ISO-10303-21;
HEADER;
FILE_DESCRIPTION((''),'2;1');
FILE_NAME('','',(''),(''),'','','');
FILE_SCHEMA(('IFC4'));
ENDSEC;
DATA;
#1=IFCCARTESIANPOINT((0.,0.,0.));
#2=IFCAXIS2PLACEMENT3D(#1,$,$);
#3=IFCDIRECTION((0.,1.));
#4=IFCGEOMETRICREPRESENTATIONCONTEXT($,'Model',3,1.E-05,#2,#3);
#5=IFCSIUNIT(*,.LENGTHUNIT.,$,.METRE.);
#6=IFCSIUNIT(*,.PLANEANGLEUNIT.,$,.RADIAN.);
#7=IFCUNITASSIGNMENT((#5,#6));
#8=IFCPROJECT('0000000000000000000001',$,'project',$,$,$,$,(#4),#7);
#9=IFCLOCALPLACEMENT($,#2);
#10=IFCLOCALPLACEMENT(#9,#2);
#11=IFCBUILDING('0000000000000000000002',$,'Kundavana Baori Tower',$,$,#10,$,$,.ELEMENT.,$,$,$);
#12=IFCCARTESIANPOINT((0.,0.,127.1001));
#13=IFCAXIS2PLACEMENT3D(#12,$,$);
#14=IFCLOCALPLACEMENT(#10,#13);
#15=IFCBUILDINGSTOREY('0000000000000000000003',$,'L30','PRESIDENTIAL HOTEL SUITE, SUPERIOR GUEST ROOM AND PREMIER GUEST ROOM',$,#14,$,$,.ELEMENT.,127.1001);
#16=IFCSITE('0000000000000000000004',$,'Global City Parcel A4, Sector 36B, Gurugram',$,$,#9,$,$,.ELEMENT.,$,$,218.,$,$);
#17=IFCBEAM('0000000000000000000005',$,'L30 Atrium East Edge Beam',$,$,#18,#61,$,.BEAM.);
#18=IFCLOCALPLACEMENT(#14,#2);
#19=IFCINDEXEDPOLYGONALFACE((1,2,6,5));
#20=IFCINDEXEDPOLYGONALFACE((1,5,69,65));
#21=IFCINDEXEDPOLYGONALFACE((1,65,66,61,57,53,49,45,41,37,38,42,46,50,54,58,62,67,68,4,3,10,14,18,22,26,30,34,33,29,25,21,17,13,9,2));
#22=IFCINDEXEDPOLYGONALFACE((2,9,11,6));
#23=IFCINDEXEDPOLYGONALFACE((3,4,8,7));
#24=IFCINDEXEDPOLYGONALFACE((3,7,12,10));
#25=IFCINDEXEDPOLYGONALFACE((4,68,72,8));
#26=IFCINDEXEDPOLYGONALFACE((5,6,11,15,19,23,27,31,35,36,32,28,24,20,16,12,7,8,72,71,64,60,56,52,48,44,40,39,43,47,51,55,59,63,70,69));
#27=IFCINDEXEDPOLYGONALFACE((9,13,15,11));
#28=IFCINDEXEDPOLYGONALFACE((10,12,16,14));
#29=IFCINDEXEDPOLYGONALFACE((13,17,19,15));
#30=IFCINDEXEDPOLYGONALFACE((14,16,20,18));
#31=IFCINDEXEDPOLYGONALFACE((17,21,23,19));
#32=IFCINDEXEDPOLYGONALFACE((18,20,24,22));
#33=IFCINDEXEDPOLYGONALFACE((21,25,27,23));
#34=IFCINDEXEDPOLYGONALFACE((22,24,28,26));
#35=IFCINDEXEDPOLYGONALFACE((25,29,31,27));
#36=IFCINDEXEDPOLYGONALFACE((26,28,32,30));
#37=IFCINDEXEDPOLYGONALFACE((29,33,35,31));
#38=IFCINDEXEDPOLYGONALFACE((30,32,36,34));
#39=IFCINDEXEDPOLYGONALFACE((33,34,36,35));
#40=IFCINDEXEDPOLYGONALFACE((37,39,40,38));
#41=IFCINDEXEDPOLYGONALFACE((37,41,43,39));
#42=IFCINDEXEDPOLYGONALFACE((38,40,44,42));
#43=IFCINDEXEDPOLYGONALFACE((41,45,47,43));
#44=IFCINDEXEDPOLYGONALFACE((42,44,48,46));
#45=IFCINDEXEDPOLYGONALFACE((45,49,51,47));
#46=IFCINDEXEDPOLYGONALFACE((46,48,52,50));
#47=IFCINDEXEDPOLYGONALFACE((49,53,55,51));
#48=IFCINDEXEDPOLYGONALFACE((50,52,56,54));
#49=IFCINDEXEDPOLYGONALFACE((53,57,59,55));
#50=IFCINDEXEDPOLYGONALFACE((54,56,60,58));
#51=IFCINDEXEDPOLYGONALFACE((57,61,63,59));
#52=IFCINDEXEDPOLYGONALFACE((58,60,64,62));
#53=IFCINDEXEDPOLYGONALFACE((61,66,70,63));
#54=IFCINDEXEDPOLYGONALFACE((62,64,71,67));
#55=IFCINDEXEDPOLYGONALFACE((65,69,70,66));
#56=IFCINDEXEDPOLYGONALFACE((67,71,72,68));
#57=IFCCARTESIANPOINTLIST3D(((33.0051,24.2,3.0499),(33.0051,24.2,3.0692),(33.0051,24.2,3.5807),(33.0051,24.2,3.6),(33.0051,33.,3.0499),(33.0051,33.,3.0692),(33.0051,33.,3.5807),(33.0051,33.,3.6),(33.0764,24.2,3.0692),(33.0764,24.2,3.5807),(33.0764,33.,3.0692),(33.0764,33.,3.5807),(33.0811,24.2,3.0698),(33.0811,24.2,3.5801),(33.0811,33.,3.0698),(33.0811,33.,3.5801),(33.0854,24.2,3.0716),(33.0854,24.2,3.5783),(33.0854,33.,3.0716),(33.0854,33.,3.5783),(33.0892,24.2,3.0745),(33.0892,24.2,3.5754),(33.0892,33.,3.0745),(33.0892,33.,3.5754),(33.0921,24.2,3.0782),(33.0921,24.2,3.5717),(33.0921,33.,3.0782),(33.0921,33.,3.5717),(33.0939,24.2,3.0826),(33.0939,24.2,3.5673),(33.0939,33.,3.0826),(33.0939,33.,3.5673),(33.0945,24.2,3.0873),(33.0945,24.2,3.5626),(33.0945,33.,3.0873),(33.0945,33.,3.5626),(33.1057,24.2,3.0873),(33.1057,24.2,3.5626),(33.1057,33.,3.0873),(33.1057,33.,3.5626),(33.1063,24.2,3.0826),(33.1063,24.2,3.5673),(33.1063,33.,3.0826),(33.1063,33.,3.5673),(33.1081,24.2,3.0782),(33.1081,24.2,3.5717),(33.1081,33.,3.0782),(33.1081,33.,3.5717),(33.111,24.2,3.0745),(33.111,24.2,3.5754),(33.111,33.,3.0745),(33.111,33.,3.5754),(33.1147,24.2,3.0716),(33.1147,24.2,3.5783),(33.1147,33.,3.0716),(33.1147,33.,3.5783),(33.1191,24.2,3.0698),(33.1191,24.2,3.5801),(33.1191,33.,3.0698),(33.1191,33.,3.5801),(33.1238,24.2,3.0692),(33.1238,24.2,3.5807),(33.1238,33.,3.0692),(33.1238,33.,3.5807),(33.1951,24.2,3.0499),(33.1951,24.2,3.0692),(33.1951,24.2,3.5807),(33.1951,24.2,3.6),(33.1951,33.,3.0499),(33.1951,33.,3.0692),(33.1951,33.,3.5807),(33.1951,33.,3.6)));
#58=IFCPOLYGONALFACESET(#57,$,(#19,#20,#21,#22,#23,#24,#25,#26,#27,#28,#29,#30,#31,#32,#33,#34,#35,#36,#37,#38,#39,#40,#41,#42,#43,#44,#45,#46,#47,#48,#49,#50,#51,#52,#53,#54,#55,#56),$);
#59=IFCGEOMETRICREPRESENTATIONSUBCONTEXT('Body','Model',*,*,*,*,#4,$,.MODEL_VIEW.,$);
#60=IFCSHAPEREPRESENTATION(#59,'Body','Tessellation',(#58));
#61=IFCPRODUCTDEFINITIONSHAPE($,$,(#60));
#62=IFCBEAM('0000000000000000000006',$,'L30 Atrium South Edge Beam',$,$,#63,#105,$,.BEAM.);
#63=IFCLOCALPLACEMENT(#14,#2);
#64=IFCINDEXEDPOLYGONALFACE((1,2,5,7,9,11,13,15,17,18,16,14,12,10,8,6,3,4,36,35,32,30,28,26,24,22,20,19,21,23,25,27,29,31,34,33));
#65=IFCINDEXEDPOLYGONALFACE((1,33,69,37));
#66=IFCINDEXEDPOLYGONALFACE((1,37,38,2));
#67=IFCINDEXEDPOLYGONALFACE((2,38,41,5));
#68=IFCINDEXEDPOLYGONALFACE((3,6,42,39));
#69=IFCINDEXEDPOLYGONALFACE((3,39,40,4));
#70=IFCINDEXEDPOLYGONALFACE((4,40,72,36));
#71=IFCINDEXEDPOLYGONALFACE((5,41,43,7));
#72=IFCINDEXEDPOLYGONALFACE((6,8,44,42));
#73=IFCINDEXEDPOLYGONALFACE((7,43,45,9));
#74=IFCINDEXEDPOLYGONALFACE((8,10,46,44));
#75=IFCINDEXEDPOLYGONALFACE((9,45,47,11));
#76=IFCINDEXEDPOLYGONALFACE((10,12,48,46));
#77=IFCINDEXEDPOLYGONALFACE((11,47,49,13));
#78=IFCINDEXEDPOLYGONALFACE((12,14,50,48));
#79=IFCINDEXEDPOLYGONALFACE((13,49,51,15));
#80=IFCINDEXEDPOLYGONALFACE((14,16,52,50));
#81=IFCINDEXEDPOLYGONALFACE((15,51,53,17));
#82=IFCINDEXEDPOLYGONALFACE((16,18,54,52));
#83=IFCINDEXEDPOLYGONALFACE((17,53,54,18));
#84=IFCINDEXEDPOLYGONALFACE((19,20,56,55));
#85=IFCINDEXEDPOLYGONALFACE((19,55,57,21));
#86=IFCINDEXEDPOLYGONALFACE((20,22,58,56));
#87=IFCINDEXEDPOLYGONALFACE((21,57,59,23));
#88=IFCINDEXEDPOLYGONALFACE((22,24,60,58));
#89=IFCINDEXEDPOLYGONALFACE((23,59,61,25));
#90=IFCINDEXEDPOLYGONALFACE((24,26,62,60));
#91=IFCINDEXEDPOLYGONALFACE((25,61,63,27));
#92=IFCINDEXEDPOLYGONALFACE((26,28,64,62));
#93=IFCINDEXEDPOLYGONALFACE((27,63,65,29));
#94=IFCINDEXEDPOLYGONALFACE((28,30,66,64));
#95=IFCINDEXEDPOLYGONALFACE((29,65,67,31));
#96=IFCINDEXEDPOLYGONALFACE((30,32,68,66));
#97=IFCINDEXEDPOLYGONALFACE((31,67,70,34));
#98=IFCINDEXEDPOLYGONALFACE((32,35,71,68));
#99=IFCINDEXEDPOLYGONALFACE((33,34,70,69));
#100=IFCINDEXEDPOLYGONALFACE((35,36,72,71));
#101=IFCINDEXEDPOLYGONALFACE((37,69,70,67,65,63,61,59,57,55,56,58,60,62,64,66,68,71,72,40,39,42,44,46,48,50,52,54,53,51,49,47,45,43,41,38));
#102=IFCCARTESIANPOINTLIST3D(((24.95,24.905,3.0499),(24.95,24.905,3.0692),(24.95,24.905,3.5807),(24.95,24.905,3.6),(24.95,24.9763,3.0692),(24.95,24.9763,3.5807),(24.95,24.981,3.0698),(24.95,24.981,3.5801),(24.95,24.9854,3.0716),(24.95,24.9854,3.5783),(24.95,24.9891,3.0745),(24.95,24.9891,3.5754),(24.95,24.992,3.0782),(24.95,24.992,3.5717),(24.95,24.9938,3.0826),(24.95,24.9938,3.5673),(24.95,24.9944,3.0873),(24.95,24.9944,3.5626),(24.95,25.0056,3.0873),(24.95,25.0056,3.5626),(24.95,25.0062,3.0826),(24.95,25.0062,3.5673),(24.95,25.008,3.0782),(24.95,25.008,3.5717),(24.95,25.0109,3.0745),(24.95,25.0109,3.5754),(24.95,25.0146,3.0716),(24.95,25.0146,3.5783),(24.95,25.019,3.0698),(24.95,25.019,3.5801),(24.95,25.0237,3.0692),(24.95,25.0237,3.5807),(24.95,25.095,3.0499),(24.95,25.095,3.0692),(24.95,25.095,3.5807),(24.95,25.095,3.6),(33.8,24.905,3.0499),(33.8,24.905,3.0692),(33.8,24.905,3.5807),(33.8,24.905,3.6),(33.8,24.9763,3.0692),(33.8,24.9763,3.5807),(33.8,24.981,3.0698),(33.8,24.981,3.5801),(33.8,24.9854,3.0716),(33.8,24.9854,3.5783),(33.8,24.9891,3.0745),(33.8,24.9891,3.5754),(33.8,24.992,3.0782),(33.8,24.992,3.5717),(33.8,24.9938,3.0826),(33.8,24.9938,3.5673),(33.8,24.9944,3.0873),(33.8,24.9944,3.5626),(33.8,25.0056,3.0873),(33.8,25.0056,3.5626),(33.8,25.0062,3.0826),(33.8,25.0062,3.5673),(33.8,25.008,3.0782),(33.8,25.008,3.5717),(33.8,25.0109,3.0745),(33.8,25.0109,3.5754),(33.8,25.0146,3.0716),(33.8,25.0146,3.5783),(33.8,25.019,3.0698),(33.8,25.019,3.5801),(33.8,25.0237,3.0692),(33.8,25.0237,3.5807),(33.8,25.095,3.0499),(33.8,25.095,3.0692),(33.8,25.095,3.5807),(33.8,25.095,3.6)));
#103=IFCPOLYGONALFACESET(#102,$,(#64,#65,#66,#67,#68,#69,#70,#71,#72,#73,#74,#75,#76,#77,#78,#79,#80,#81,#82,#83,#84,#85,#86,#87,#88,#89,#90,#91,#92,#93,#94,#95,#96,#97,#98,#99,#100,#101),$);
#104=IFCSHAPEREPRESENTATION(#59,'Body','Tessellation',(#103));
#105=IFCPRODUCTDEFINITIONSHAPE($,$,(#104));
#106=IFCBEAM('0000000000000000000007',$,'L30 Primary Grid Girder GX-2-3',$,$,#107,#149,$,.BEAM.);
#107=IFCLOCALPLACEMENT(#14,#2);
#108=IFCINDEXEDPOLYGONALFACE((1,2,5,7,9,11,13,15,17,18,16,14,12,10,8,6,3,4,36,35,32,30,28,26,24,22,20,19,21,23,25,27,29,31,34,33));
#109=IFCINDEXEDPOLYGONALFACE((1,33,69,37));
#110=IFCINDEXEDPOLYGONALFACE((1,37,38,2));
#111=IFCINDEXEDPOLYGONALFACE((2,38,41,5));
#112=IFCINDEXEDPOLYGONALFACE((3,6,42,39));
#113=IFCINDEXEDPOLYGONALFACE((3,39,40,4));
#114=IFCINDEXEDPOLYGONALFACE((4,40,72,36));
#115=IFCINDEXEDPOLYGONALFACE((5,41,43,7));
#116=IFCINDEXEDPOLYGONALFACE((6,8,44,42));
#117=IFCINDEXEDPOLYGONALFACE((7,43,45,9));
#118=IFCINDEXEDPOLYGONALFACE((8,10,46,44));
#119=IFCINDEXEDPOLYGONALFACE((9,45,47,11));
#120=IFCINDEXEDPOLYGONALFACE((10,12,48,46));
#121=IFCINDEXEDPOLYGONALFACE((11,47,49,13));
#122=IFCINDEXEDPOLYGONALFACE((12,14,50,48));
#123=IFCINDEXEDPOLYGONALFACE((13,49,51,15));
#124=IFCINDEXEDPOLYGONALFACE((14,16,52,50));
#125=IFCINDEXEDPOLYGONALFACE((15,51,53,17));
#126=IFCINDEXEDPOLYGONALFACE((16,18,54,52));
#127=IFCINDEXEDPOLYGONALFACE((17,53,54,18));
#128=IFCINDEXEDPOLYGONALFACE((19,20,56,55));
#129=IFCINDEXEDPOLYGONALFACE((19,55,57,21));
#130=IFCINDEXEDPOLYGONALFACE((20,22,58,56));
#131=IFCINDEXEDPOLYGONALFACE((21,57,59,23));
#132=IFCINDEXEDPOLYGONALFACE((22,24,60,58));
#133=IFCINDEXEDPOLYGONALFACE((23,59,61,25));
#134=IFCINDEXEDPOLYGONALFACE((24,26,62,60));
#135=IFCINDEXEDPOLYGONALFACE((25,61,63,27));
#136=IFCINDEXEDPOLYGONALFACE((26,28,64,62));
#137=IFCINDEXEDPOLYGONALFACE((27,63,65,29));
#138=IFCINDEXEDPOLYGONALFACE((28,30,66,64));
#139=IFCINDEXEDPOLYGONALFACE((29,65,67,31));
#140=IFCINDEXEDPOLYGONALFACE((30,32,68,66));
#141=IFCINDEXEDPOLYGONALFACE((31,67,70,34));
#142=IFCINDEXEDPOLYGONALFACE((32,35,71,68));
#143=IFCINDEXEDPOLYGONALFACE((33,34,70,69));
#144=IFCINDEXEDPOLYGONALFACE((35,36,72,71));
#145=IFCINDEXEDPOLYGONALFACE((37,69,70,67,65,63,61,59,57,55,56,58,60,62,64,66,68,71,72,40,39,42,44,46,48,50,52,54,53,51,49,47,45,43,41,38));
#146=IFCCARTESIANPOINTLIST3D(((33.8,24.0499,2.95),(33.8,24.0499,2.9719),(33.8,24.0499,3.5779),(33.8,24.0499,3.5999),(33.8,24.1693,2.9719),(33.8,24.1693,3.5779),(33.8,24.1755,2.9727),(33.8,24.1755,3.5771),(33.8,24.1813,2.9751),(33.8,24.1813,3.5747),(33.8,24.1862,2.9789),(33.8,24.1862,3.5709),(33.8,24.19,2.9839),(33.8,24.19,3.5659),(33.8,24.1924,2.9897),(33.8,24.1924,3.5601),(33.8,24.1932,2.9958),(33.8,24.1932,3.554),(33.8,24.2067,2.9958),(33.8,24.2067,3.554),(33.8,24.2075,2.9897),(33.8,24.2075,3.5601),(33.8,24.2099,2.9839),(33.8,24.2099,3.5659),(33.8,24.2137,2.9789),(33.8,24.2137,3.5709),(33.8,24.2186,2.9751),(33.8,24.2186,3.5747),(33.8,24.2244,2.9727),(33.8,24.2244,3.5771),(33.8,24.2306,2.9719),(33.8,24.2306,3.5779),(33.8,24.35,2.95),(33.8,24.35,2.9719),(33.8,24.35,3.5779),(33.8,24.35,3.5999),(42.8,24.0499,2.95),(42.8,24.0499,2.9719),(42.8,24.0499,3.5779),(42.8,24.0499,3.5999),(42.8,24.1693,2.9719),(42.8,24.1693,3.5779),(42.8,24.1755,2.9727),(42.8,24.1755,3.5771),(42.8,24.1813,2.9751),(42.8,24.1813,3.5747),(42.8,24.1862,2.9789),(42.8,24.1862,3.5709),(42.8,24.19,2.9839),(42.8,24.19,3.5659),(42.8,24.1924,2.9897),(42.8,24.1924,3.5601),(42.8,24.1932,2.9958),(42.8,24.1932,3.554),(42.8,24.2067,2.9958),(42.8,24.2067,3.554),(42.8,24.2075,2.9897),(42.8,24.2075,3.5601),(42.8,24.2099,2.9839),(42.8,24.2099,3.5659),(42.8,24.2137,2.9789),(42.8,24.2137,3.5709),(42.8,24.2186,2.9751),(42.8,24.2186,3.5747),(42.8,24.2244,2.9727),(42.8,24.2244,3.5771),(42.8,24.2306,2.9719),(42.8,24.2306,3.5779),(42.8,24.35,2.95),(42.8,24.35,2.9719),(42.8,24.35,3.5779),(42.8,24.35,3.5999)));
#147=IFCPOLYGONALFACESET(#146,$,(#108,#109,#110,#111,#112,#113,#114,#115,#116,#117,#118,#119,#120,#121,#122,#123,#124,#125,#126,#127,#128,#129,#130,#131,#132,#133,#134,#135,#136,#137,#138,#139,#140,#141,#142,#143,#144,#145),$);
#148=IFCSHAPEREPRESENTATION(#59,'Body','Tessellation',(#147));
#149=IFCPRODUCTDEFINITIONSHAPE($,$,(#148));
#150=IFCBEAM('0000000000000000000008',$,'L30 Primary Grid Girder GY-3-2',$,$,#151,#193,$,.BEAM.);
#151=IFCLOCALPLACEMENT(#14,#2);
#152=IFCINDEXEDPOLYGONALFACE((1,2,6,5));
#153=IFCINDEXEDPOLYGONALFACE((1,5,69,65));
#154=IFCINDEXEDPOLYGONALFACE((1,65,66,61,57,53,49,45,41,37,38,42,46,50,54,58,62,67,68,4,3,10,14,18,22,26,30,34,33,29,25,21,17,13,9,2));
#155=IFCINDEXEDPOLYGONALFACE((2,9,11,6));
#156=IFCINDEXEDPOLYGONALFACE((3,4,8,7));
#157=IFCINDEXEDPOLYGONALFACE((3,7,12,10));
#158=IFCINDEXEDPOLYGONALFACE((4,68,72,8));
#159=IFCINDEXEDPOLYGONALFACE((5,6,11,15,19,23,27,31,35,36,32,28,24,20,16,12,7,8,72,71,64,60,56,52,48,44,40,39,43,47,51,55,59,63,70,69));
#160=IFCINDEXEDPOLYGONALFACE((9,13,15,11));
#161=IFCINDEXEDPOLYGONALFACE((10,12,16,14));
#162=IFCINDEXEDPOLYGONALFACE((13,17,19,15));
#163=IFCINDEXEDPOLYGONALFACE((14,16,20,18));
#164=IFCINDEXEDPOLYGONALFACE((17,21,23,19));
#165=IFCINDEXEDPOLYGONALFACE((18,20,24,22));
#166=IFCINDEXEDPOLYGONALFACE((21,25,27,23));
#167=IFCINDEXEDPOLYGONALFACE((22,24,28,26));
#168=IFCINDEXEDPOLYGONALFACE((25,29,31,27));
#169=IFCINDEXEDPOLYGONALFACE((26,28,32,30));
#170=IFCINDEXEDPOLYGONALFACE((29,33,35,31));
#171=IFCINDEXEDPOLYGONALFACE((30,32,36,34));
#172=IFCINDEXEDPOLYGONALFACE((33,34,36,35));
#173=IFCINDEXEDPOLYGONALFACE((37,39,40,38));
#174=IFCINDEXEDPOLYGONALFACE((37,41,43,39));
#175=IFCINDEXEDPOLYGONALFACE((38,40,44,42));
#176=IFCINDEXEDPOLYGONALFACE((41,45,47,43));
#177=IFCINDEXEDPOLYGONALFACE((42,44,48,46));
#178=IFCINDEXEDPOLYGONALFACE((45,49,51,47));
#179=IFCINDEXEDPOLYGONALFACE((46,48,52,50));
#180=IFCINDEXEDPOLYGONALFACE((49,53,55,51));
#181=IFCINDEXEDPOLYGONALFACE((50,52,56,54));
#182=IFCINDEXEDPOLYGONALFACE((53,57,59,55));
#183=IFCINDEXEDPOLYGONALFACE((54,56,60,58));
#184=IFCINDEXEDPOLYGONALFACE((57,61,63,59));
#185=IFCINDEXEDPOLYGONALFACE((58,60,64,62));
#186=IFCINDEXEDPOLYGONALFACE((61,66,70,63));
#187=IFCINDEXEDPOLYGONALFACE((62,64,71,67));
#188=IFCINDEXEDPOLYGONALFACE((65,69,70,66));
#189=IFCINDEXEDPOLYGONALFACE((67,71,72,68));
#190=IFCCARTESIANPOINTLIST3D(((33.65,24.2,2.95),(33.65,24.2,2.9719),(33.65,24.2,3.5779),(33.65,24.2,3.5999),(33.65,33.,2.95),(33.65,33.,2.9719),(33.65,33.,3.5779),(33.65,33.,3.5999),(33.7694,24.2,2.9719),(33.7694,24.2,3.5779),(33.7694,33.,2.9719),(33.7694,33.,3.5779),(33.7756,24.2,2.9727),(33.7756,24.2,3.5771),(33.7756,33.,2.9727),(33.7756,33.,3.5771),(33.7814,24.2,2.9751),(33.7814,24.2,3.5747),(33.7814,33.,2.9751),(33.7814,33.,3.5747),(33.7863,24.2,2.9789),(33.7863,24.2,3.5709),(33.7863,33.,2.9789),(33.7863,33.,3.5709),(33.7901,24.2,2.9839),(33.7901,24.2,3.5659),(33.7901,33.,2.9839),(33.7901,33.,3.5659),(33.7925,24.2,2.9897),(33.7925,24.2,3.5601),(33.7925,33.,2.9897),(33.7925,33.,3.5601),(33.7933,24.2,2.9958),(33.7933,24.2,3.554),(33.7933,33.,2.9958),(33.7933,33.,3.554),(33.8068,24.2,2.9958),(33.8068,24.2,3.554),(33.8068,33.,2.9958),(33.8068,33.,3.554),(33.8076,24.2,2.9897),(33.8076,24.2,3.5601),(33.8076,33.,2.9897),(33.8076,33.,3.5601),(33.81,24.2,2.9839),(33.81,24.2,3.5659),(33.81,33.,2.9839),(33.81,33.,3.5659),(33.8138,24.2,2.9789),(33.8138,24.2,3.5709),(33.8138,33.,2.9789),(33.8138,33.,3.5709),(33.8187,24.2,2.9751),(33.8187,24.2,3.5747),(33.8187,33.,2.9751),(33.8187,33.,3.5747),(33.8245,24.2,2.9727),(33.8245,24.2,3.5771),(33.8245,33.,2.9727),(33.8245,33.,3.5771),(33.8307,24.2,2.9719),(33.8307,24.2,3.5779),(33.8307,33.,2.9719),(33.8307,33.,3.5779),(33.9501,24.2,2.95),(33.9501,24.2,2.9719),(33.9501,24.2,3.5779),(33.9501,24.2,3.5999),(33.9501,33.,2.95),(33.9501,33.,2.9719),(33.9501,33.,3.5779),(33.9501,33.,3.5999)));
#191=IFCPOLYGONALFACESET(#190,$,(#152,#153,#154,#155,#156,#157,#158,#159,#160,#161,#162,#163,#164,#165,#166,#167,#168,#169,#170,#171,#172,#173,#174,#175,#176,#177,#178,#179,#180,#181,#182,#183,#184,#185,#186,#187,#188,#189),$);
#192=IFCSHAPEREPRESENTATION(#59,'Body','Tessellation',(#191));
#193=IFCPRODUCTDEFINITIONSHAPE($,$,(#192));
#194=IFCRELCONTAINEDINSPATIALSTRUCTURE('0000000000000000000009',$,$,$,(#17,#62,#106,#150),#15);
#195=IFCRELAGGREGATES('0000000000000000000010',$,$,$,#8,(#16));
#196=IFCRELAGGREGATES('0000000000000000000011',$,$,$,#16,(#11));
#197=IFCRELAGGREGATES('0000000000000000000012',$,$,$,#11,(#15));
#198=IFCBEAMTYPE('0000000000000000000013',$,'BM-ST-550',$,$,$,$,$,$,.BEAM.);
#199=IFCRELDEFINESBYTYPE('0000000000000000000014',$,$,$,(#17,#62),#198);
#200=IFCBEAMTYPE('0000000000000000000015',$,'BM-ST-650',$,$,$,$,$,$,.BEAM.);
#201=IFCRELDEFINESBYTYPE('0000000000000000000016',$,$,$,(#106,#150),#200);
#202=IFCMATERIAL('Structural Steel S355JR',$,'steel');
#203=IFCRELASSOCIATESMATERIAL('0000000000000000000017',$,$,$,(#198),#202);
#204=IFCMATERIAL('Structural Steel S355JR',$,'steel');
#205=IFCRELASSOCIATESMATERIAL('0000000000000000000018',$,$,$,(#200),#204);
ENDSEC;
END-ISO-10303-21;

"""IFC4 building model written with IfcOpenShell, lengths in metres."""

from ifc_helpers import new_model, si_unit, direction, frame, origin, origin_2d, place, context, subcontext, project, spatial, i_section, extrude, material, material_profile, profile_set, type_object, element, save


model = new_model("IFC4")

# Units and contexts
model_context = context("Model", 3, precision=1e-05, world=origin(), true_north=direction((0.0, 1.0)))
body_context = subcontext(model_context, "Body", "Model", "MODEL_VIEW")
ifc_project = project(units=[si_unit("LENGTHUNIT", "METRE"), si_unit("PLANEANGLEUNIT", "RADIAN")], contexts=[model_context])

# Site, building, storey
site_placement = place(None, origin())
site = spatial("IfcSite", under=ifc_project, at=site_placement, Name="Global City Parcel A4, Sector 36B, Gurugram", CompositionType="ELEMENT", RefElevation=218.0)
building_placement = place(site_placement, origin())
building = spatial("IfcBuilding", under=site, at=building_placement, Name="Kundavana Baori Tower", CompositionType="ELEMENT")
storey_placement = place(building_placement, frame((0.0, 0.0, 127.1001)))
storey = spatial("IfcBuildingStorey", under=building, at=storey_placement, Name="L30", Description="PRESIDENTIAL HOTEL SUITE, SUPERIOR GUEST ROOM AND PREMIER GUEST ROOM", CompositionType="ELEMENT", Elevation=127.1001)

# Beams
ifc_material_1 = material(Name="Structural Steel S355JR", Category="steel")
ifc_material_profile_1 = material_profile(ifc_material_1, i_section(OverallWidth=0.1899, OverallDepth=0.55, WebThickness=0.0112, FlangeThickness=0.0193, FilletRadius=0.0181, at=origin_2d()), Name="ISMB 550")
ifc_profile_set_1 = profile_set([ifc_material_profile_1], Name="Structural Steel S355JR")
beam_type_1 = type_object("IfcBeamType", Name="BM-ST-550", PredefinedType="BEAM", material=ifc_profile_set_1)
for number, where, z_axis, x_axis, name in (
    (1, (33.1001, 24.2, 3.325), (0.0, 1.0, 0.0), (-1.0, 0.0, 0.0), "L30 Atrium East Edge Beam"),
):
    element("IfcBeam", number, at=place(storey_placement, frame(where, z_axis=z_axis, x_axis=x_axis)), inside=storey, type_object=beam_type_1, Name=name, PredefinedType="BEAM", context=body_context, shape_type="SweptSolid", body=[
        extrude(i_section(OverallWidth=0.1899, OverallDepth=0.55, WebThickness=0.0112, FlangeThickness=0.0193, FilletRadius=0.0181, at=origin_2d()), origin(), (0.0, 0.0, 1.0), 8.8),
    ])
beam_1_placement = place(storey_placement, frame((24.95, 25.0, 3.325), z_axis=(1.0, 0.0, 0.0), x_axis=(0.0, 1.0, 0.0)))
element("IfcBeam", 2, at=beam_1_placement, inside=storey, type_object=beam_type_1, Name="L30 Atrium South Edge Beam", PredefinedType="BEAM", context=body_context, shape_type="SweptSolid", body=[
    extrude(i_section(OverallWidth=0.1899, OverallDepth=0.55, WebThickness=0.0112, FlangeThickness=0.0193, FilletRadius=0.0181, at=origin_2d()), origin(), (0.0, 0.0, 1.0), 8.8501),
])
ifc_material_2 = material(Name="Structural Steel S355JR", Category="steel")
ifc_material_profile_2 = material_profile(ifc_material_2, i_section(OverallWidth=0.3, OverallDepth=0.6499, WebThickness=0.0134, FlangeThickness=0.022, FilletRadius=0.0239, at=origin_2d()), Name="NPB 650x300x155")
ifc_profile_set_2 = profile_set([ifc_material_profile_2], Name="Structural Steel S355JR")
beam_type_2 = type_object("IfcBeamType", Name="BM-ST-650", PredefinedType="BEAM", material=ifc_profile_set_2)
beam_2_placement = place(storey_placement, frame((33.8, 24.2, 3.2749), z_axis=(1.0, 0.0, 0.0), x_axis=(0.0, 1.0, 0.0)))
element("IfcBeam", 3, at=beam_2_placement, inside=storey, type_object=beam_type_2, Name="L30 Primary Grid Girder GX-2-3", PredefinedType="BEAM", context=body_context, shape_type="SweptSolid", body=[
    extrude(i_section(OverallWidth=0.3, OverallDepth=0.6499, WebThickness=0.0134, FlangeThickness=0.022, FilletRadius=0.0239, at=origin_2d()), origin(), (0.0, 0.0, 1.0), 9.0),
])
beam_3_placement = place(storey_placement, frame((33.8, 24.2, 3.2749), z_axis=(0.0, 1.0, 0.0), x_axis=(-1.0, 0.0, 0.0)))
element("IfcBeam", 4, at=beam_3_placement, inside=storey, type_object=beam_type_2, Name="L30 Primary Grid Girder GY-3-2", PredefinedType="BEAM", context=body_context, shape_type="SweptSolid", body=[
    extrude(i_section(OverallWidth=0.3, OverallDepth=0.6499, WebThickness=0.0134, FlangeThickness=0.022, FilletRadius=0.0239, at=origin_2d()), origin(), (0.0, 0.0, 1.0), 8.8),
])

save(model, "model.ifc")
